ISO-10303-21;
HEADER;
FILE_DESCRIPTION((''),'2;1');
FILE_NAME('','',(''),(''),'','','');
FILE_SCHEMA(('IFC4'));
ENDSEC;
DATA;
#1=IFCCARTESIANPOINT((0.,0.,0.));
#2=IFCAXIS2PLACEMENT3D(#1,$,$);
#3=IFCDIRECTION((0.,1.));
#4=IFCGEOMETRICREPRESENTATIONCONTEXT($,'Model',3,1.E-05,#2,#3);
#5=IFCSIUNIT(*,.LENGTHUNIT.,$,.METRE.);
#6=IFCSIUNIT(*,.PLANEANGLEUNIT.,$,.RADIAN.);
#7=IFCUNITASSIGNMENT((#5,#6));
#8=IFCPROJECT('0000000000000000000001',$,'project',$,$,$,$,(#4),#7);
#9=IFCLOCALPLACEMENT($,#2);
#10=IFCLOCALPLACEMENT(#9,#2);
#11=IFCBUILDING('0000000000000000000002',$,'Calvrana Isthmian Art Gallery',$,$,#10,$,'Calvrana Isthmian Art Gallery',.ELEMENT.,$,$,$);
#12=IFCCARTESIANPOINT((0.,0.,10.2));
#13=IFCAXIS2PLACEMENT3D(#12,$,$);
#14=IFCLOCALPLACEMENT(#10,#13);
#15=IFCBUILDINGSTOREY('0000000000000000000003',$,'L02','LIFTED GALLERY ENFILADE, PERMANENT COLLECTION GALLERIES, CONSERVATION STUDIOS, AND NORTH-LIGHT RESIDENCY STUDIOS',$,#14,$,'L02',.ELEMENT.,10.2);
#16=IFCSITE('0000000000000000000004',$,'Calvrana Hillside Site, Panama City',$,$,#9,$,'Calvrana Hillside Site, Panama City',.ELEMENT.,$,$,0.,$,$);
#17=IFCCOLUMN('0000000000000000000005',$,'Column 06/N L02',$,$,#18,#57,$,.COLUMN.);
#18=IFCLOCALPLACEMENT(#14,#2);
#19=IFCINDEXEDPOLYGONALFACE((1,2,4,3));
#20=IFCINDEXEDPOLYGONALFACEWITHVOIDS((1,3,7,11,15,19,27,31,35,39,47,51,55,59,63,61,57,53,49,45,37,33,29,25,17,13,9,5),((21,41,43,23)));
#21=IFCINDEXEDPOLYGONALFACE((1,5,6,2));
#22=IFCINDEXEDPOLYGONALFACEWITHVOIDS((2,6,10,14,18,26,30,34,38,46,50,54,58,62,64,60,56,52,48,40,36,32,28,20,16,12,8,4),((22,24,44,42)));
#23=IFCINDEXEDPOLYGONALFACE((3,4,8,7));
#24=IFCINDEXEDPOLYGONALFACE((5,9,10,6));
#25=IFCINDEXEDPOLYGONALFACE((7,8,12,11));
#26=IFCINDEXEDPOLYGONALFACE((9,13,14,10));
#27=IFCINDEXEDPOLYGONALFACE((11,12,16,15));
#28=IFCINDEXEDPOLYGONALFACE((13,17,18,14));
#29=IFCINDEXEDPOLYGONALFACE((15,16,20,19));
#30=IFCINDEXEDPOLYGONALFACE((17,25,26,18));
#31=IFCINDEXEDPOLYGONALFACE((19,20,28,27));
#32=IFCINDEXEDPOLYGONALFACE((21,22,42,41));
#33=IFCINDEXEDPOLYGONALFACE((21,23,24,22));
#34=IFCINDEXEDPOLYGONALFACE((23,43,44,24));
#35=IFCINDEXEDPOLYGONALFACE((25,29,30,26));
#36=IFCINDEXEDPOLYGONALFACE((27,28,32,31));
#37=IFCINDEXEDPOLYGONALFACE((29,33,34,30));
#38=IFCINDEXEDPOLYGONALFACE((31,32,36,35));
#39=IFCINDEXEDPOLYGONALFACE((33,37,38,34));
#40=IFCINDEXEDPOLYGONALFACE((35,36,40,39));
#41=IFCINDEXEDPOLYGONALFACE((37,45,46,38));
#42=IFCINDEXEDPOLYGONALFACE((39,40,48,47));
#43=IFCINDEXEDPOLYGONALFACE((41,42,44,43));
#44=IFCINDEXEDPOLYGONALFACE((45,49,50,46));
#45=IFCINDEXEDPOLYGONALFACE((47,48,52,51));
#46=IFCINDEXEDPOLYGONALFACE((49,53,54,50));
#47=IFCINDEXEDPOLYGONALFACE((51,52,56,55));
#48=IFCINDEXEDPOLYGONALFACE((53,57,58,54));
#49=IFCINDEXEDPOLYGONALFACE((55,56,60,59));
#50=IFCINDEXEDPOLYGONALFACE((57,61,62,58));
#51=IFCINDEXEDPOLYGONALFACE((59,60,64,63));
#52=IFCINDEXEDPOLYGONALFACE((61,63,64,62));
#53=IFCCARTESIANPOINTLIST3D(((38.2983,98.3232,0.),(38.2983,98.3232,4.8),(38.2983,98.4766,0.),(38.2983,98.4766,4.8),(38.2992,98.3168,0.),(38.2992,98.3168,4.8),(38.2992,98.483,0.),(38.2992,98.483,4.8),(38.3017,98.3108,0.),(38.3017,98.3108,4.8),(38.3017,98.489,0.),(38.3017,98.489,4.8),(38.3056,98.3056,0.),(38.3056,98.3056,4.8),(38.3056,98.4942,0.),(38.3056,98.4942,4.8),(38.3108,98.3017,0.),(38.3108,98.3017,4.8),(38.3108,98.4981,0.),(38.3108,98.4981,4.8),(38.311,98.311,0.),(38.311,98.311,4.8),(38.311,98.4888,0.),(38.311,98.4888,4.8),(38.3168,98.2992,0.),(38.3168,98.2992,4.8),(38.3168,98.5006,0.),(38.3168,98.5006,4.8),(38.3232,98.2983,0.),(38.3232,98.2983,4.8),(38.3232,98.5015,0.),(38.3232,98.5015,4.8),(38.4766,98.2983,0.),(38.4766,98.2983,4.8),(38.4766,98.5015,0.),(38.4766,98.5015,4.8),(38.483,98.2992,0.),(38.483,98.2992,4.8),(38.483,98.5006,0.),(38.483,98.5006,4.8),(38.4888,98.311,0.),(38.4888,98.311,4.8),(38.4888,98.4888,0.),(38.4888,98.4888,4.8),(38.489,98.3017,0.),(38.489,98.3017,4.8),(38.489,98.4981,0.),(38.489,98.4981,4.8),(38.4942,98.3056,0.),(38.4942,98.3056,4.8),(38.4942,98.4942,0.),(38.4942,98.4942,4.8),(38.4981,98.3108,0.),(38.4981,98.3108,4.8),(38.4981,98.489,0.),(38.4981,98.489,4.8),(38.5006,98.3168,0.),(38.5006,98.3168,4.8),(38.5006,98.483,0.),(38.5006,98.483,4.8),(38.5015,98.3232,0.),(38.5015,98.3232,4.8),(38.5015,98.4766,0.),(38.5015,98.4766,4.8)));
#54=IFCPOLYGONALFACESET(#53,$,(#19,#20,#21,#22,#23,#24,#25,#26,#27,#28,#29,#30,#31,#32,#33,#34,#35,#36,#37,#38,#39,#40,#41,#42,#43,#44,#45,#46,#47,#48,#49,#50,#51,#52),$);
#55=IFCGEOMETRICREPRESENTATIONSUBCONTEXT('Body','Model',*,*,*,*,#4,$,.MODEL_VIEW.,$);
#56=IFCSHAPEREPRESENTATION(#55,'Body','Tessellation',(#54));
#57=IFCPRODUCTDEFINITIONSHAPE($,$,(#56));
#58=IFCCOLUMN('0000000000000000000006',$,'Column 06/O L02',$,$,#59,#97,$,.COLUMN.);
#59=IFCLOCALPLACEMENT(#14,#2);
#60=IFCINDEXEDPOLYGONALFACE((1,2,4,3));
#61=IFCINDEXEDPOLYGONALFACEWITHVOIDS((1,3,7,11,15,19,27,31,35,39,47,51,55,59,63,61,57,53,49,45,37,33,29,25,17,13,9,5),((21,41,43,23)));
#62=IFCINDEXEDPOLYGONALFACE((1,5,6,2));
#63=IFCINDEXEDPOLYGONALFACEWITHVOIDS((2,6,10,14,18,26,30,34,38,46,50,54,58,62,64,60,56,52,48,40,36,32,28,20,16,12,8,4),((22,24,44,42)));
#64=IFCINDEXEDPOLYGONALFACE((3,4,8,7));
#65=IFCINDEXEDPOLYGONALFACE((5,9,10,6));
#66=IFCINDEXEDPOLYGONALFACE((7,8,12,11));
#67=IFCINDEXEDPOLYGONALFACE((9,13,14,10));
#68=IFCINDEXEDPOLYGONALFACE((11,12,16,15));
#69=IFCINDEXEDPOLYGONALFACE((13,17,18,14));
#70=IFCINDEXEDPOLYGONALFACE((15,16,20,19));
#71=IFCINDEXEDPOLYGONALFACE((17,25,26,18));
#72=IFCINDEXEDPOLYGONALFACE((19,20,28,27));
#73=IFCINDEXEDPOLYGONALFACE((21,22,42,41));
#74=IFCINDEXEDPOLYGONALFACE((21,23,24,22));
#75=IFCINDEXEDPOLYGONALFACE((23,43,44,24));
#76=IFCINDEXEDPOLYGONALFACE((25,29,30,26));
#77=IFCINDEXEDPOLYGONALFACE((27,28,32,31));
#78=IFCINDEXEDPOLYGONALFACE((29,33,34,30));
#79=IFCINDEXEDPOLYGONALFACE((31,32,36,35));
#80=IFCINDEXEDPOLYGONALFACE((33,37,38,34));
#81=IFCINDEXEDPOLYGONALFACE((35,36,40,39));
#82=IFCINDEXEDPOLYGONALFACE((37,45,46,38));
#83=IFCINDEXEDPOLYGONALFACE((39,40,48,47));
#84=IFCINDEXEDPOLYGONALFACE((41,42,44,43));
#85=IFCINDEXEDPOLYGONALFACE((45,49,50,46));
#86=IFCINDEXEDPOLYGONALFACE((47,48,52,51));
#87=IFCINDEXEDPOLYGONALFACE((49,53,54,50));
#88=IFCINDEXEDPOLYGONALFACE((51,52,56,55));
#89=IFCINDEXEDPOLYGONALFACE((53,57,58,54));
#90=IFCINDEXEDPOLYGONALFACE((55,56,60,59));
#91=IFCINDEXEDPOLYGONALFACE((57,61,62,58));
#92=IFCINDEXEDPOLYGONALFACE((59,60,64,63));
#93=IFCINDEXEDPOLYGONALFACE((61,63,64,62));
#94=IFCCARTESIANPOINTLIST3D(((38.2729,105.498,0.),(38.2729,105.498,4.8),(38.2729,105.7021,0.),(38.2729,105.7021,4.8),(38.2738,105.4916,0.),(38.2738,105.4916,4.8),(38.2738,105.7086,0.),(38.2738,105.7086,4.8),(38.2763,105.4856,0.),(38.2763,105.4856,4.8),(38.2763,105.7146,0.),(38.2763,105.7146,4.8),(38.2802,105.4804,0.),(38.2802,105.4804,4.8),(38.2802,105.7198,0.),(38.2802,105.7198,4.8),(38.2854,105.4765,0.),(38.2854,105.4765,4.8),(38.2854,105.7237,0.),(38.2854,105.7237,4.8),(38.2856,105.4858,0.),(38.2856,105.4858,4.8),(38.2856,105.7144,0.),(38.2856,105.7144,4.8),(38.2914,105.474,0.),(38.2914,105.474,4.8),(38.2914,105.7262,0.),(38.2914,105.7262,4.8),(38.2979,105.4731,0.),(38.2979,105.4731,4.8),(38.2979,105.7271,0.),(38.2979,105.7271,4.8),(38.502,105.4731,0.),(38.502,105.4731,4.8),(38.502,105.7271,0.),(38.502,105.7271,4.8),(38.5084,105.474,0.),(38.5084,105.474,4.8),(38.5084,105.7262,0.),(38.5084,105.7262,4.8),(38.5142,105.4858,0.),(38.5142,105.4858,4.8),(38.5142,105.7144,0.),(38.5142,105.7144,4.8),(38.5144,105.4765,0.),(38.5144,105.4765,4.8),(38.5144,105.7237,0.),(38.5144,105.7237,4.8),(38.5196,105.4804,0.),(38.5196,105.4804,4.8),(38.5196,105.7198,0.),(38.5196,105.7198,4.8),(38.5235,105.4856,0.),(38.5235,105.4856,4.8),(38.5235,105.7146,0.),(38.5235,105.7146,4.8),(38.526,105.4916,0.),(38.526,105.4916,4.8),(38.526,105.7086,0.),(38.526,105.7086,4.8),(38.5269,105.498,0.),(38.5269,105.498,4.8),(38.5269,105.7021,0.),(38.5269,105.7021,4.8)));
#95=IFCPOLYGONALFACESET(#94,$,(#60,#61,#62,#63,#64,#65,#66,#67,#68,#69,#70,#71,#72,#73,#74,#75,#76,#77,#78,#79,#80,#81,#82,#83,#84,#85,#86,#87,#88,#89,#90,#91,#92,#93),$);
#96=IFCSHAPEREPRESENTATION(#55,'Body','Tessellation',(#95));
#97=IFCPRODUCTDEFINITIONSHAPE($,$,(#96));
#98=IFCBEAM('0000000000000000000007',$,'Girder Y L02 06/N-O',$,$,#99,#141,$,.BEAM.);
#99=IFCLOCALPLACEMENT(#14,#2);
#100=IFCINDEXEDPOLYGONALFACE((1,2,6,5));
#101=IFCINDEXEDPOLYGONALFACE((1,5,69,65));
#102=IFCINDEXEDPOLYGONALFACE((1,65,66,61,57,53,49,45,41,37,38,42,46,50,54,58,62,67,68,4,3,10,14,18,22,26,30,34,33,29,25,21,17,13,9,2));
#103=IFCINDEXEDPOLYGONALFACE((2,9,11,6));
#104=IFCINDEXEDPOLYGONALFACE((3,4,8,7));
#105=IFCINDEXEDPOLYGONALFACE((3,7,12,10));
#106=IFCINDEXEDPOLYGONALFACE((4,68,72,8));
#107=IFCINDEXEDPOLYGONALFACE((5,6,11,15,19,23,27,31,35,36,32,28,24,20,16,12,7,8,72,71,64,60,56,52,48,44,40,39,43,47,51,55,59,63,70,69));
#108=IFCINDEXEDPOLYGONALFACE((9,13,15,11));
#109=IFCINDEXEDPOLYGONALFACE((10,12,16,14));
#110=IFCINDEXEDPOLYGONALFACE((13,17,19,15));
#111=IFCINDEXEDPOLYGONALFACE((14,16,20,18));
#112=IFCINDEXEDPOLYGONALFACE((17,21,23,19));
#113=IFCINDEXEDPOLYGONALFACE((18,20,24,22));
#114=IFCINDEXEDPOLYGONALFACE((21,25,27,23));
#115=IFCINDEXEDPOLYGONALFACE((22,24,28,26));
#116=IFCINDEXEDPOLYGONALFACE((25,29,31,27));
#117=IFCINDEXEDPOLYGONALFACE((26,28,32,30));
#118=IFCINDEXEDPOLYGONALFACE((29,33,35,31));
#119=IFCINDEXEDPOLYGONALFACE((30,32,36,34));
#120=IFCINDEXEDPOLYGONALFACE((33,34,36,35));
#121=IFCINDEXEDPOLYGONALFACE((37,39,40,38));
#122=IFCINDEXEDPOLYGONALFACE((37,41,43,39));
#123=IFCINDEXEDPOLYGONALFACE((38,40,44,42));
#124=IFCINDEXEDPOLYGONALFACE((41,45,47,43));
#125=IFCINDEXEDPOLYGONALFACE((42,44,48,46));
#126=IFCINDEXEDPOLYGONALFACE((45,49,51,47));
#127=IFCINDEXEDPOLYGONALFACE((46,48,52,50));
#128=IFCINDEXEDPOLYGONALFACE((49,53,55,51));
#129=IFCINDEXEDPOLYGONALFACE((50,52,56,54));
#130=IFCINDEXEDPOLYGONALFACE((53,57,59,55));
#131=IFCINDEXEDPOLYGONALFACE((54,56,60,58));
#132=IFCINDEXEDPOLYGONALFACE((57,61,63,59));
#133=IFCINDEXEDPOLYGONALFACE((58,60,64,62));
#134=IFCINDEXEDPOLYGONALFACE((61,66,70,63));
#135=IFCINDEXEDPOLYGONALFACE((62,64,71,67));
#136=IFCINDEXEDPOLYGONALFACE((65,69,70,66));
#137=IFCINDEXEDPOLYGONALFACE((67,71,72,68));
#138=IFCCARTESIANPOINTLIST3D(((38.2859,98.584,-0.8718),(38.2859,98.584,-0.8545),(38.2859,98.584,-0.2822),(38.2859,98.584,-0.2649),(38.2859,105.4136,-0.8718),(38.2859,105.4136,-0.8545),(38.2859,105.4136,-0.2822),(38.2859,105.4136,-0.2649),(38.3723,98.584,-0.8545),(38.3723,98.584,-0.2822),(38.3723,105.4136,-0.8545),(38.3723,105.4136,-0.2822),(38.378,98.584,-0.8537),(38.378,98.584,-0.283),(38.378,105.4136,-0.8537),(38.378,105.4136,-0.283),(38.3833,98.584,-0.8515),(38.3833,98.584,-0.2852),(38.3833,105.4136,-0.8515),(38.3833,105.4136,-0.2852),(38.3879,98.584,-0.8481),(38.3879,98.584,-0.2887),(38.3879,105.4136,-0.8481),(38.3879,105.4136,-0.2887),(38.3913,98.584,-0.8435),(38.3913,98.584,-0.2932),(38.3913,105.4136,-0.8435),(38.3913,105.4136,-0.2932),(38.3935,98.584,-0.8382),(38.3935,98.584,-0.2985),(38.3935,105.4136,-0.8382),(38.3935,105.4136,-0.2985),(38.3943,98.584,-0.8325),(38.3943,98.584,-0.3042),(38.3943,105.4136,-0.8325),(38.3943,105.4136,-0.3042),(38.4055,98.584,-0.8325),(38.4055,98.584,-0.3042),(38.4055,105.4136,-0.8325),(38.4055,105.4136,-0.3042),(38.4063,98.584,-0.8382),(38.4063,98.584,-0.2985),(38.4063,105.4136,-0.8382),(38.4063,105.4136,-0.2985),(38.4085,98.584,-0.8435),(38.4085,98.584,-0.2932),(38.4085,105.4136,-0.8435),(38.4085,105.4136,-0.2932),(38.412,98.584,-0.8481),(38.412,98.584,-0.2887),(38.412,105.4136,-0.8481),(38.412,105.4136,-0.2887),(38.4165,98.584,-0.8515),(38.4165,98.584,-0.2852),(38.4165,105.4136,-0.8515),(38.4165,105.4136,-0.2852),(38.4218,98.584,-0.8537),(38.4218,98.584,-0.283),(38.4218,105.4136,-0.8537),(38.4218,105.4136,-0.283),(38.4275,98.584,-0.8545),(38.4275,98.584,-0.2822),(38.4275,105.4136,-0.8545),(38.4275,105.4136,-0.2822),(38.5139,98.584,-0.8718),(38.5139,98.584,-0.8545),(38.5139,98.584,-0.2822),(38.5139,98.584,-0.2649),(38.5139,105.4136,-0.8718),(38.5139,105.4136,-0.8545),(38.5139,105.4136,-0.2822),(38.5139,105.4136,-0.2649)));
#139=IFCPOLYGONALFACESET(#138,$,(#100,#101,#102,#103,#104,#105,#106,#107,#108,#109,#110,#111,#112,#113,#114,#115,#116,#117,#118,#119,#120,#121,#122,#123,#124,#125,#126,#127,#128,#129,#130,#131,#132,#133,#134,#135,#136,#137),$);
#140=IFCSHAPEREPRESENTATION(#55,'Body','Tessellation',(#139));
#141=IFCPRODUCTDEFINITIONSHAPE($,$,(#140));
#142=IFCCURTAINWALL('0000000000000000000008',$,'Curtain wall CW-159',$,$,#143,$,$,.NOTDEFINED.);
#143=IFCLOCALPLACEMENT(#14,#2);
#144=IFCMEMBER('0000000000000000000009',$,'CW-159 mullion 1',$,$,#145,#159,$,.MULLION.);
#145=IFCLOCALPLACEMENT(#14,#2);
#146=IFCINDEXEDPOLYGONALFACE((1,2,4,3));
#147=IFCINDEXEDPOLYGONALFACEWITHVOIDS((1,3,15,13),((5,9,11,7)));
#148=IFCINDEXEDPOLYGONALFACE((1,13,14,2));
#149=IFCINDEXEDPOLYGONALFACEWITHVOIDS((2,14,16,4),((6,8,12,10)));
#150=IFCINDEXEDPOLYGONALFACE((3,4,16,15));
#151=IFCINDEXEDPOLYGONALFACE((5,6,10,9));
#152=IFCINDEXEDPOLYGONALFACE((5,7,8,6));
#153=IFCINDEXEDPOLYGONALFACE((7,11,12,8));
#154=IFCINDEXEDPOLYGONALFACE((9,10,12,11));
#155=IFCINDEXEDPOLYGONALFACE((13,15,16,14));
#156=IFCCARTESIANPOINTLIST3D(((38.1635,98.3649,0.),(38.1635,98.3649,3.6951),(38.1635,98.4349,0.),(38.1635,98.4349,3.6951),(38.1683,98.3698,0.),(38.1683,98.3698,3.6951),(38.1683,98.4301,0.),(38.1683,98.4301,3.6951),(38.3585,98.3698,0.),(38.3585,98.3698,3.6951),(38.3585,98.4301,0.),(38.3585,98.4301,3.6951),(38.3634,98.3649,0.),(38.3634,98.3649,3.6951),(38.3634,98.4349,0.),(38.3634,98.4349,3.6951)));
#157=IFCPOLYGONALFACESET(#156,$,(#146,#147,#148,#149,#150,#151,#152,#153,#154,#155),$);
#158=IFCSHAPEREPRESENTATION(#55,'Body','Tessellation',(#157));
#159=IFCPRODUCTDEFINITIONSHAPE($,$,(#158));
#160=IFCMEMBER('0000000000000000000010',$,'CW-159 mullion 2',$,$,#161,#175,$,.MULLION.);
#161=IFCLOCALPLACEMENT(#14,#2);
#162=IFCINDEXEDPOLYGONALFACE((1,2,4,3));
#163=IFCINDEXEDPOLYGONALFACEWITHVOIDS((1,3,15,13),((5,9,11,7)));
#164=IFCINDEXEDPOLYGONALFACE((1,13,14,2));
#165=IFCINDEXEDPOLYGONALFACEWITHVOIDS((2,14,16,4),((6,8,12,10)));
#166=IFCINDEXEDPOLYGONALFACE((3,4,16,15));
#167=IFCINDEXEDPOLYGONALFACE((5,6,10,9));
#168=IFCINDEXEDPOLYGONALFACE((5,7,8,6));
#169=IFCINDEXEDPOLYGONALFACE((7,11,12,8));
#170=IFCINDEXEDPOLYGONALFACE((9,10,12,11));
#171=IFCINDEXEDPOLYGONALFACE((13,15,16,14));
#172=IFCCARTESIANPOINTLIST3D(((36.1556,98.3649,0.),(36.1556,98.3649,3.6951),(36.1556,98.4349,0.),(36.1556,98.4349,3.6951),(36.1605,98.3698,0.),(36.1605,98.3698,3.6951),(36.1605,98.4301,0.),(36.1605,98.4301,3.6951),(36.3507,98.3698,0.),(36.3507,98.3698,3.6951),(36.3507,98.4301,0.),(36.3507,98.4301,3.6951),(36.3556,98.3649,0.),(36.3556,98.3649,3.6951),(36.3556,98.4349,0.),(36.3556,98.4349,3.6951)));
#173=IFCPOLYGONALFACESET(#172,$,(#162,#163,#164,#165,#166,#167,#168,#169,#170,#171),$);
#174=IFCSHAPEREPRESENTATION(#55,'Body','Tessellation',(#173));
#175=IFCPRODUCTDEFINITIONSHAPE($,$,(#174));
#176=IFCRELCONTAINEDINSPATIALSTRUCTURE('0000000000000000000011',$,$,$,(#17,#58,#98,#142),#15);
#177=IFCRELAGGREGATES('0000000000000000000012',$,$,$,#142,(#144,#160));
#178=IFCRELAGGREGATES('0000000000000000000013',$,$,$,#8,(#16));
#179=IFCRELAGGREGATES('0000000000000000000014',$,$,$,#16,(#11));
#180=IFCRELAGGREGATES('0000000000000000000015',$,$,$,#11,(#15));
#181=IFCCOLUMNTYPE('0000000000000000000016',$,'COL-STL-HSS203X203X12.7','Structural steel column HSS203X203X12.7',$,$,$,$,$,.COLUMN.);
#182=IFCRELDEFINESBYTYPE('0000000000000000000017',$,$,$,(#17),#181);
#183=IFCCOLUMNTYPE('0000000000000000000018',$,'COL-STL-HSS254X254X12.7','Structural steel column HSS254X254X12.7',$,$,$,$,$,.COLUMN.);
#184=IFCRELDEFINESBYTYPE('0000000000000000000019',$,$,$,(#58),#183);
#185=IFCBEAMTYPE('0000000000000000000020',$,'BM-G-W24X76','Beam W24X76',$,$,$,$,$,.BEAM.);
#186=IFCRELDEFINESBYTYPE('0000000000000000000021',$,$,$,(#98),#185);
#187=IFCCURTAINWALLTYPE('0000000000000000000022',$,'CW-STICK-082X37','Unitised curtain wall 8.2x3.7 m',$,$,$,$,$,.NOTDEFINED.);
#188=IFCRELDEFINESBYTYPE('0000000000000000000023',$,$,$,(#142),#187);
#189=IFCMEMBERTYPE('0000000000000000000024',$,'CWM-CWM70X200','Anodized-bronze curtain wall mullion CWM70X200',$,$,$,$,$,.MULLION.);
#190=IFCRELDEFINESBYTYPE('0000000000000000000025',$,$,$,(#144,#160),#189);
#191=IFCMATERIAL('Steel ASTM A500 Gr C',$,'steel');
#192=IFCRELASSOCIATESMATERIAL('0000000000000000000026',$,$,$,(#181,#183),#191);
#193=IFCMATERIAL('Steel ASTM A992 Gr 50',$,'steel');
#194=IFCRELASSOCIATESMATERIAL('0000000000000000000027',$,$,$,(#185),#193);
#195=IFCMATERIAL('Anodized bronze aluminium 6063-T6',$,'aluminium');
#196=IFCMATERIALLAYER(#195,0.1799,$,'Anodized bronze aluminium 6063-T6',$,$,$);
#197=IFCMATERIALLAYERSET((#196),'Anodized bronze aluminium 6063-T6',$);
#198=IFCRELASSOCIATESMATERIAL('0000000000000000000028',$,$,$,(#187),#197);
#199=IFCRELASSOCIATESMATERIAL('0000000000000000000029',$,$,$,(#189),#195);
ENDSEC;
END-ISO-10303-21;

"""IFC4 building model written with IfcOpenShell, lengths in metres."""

from ifc_helpers import new_model, si_unit, direction, frame, origin, origin_2d, place, context, subcontext, project, spatial, hollow_rectangle, i_section, extrude, material, layer, layer_set, material_profile, profile_set, type_object, element, aggregate, save


model = new_model("IFC4")

# Units and contexts
model_context = context("Model", 3, precision=1e-05, world=origin(), true_north=direction((0.0, 1.0)))
body_context = subcontext(model_context, "Body", "Model", "MODEL_VIEW")
ifc_project = project(units=[si_unit("LENGTHUNIT", "METRE"), si_unit("PLANEANGLEUNIT", "RADIAN")], contexts=[model_context])

# Site, building, storey
site_placement = place(None, origin())
site = spatial("IfcSite", under=ifc_project, at=site_placement, Name="Calvrana Hillside Site, Panama City", LongName="Calvrana Hillside Site, Panama City", CompositionType="ELEMENT", RefElevation=0.0)
building_placement = place(site_placement, origin())
building = spatial("IfcBuilding", under=site, at=building_placement, Name="Calvrana Isthmian Art Gallery", LongName="Calvrana Isthmian Art Gallery", CompositionType="ELEMENT")
storey_placement = place(building_placement, frame((0.0, 0.0, 10.2)))
storey = spatial("IfcBuildingStorey", under=building, at=storey_placement, Name="L02", Description="LIFTED GALLERY ENFILADE, PERMANENT COLLECTION GALLERIES, CONSERVATION STUDIOS, AND NORTH-LIGHT RESIDENCY STUDIOS", LongName="L02", CompositionType="ELEMENT", Elevation=10.2)

# Columns
ifc_material_1 = material(Name="Steel ASTM A500 Gr C", Category="steel")
ifc_material_profile_1 = material_profile(ifc_material_1, hollow_rectangle(XDim=0.2031, YDim=0.2031, WallThickness=0.0127, OuterFilletRadius=0.0249, at=origin_2d()), Name="HSS203X203X12.7")
ifc_profile_set_1 = profile_set([ifc_material_profile_1], Name="Steel ASTM A500 Gr C")
column_type_1 = type_object("IfcColumnType", Name="COL-STL-HSS203X203X12.7", Description="Structural steel column HSS203X203X12.7", PredefinedType="COLUMN", material=ifc_profile_set_1)
column_1_placement = place(storey_placement, frame((38.3999, 98.3999, 0.0), z_axis=(0.0, 0.0, 1.0), x_axis=(1.0, 0.0, 0.0)))
element("IfcColumn", 1, at=column_1_placement, inside=storey, type_object=column_type_1, Name="Column 06/N L02", PredefinedType="COLUMN", context=body_context, shape_type="SweptSolid", body=[
    extrude(hollow_rectangle(XDim=0.2031, YDim=0.2031, WallThickness=0.0127, OuterFilletRadius=0.0249, at=origin_2d()), origin(), (0.0, 0.0, 1.0), 4.8),
])
ifc_material_profile_2 = material_profile(ifc_material_1, hollow_rectangle(XDim=0.2539, YDim=0.2539, WallThickness=0.0127, OuterFilletRadius=0.0249, at=origin_2d()), Name="HSS254X254X12.7")
ifc_profile_set_2 = profile_set([ifc_material_profile_2], Name="Steel ASTM A500 Gr C")
column_type_2 = type_object("IfcColumnType", Name="COL-STL-HSS254X254X12.7", Description="Structural steel column HSS254X254X12.7", PredefinedType="COLUMN", material=ifc_profile_set_2)
column_2_placement = place(storey_placement, frame((38.3999, 105.6001, 0.0), z_axis=(0.0, 0.0, 1.0), x_axis=(1.0, 0.0, 0.0)))
element("IfcColumn", 2, at=column_2_placement, inside=storey, type_object=column_type_2, Name="Column 06/O L02", PredefinedType="COLUMN", context=body_context, shape_type="SweptSolid", body=[
    extrude(hollow_rectangle(XDim=0.2539, YDim=0.2539, WallThickness=0.0127, OuterFilletRadius=0.0249, at=origin_2d()), origin(), (0.0, 0.0, 1.0), 4.8),
])

# Beam
ifc_material_2 = material(Name="Steel ASTM A992 Gr 50", Category="steel")
ifc_material_profile_3 = material_profile(ifc_material_2, i_section(OverallWidth=0.228, OverallDepth=0.6069, WebThickness=0.0112, FlangeThickness=0.0173, FilletRadius=0.022, at=origin_2d()), Name="W24X76")
ifc_profile_set_3 = profile_set([ifc_material_profile_3], Name="Steel ASTM A992 Gr 50")
beam_type = type_object("IfcBeamType", Name="BM-G-W24X76", Description="Beam W24X76", PredefinedType="BEAM", material=ifc_profile_set_3)
beam_placement = place(storey_placement, frame((38.3999, 98.584, -0.5684), z_axis=(0.0, 1.0, 0.0), x_axis=(-1.0, 0.0, 0.0)))
element("IfcBeam", 3, at=beam_placement, inside=storey, type_object=beam_type, Name="Girder Y L02 06/N-O", PredefinedType="BEAM", context=body_context, shape_type="SweptSolid", body=[
    extrude(i_section(OverallWidth=0.228, OverallDepth=0.6069, WebThickness=0.0112, FlangeThickness=0.0173, FilletRadius=0.022, at=origin_2d()), origin(), (0.0, 0.0, 1.0), 6.8296),
])

# Curtain wall, members
ifc_material_3 = material(Name="Anodized bronze aluminium 6063-T6", Category="aluminium")
ifc_layer_1 = layer(ifc_material_3, 0.1799, Name="Anodized bronze aluminium 6063-T6")
ifc_layer_set_1 = layer_set([ifc_layer_1], Name="Anodized bronze aluminium 6063-T6")
curtain_wall_type = type_object("IfcCurtainWallType", Name="CW-STICK-082X37", Description="Unitised curtain wall 8.2x3.7 m", PredefinedType="NOTDEFINED", material=ifc_layer_set_1)
curtain_wall_placement = place(storey_placement, origin())
curtain_wall = element("IfcCurtainWall", 4, at=curtain_wall_placement, inside=storey, type_object=curtain_wall_type, Name="Curtain wall CW-159", PredefinedType="NOTDEFINED")
ifc_material_profile_4 = material_profile(ifc_material_3, hollow_rectangle(XDim=0.0701, YDim=0.2, WallThickness=0.0049, at=origin_2d()), Name="CWM70X200")
ifc_profile_set_4 = profile_set([ifc_material_profile_4], Name="Anodized bronze aluminium 6063-T6")
member_type_1 = type_object("IfcMemberType", Name="CWM-CWM70X200", Description="Anodized-bronze curtain wall mullion CWM70X200", PredefinedType="MULLION", material=ifc_profile_set_4)
member_1_placement = place(storey_placement, frame((38.2634, 98.3999, 0.0), z_axis=(0.0, 0.0, 1.0), x_axis=(0.0, -1.0, 0.0)))
member_1 = element("IfcMember", 5, at=member_1_placement, type_object=member_type_1, Name="CW-159 mullion 1", PredefinedType="MULLION", context=body_context, shape_type="SweptSolid", body=[
    extrude(hollow_rectangle(XDim=0.0701, YDim=0.2, WallThickness=0.0049, at=origin_2d()), origin(), (0.0, 0.0, 1.0), 3.6951),
])
member_2_placement = place(storey_placement, frame((36.2556, 98.3999, 0.0), z_axis=(0.0, 0.0, 1.0), x_axis=(0.0, -1.0, 0.0)))
member_2 = element("IfcMember", 6, at=member_2_placement, type_object=member_type_1, Name="CW-159 mullion 2", PredefinedType="MULLION", context=body_context, shape_type="SweptSolid", body=[
    extrude(hollow_rectangle(XDim=0.0701, YDim=0.2, WallThickness=0.0049, at=origin_2d()), origin(), (0.0, 0.0, 1.0), 3.6951),
])
aggregate(curtain_wall, [member_1, member_2])

save(model, "model.ifc")
